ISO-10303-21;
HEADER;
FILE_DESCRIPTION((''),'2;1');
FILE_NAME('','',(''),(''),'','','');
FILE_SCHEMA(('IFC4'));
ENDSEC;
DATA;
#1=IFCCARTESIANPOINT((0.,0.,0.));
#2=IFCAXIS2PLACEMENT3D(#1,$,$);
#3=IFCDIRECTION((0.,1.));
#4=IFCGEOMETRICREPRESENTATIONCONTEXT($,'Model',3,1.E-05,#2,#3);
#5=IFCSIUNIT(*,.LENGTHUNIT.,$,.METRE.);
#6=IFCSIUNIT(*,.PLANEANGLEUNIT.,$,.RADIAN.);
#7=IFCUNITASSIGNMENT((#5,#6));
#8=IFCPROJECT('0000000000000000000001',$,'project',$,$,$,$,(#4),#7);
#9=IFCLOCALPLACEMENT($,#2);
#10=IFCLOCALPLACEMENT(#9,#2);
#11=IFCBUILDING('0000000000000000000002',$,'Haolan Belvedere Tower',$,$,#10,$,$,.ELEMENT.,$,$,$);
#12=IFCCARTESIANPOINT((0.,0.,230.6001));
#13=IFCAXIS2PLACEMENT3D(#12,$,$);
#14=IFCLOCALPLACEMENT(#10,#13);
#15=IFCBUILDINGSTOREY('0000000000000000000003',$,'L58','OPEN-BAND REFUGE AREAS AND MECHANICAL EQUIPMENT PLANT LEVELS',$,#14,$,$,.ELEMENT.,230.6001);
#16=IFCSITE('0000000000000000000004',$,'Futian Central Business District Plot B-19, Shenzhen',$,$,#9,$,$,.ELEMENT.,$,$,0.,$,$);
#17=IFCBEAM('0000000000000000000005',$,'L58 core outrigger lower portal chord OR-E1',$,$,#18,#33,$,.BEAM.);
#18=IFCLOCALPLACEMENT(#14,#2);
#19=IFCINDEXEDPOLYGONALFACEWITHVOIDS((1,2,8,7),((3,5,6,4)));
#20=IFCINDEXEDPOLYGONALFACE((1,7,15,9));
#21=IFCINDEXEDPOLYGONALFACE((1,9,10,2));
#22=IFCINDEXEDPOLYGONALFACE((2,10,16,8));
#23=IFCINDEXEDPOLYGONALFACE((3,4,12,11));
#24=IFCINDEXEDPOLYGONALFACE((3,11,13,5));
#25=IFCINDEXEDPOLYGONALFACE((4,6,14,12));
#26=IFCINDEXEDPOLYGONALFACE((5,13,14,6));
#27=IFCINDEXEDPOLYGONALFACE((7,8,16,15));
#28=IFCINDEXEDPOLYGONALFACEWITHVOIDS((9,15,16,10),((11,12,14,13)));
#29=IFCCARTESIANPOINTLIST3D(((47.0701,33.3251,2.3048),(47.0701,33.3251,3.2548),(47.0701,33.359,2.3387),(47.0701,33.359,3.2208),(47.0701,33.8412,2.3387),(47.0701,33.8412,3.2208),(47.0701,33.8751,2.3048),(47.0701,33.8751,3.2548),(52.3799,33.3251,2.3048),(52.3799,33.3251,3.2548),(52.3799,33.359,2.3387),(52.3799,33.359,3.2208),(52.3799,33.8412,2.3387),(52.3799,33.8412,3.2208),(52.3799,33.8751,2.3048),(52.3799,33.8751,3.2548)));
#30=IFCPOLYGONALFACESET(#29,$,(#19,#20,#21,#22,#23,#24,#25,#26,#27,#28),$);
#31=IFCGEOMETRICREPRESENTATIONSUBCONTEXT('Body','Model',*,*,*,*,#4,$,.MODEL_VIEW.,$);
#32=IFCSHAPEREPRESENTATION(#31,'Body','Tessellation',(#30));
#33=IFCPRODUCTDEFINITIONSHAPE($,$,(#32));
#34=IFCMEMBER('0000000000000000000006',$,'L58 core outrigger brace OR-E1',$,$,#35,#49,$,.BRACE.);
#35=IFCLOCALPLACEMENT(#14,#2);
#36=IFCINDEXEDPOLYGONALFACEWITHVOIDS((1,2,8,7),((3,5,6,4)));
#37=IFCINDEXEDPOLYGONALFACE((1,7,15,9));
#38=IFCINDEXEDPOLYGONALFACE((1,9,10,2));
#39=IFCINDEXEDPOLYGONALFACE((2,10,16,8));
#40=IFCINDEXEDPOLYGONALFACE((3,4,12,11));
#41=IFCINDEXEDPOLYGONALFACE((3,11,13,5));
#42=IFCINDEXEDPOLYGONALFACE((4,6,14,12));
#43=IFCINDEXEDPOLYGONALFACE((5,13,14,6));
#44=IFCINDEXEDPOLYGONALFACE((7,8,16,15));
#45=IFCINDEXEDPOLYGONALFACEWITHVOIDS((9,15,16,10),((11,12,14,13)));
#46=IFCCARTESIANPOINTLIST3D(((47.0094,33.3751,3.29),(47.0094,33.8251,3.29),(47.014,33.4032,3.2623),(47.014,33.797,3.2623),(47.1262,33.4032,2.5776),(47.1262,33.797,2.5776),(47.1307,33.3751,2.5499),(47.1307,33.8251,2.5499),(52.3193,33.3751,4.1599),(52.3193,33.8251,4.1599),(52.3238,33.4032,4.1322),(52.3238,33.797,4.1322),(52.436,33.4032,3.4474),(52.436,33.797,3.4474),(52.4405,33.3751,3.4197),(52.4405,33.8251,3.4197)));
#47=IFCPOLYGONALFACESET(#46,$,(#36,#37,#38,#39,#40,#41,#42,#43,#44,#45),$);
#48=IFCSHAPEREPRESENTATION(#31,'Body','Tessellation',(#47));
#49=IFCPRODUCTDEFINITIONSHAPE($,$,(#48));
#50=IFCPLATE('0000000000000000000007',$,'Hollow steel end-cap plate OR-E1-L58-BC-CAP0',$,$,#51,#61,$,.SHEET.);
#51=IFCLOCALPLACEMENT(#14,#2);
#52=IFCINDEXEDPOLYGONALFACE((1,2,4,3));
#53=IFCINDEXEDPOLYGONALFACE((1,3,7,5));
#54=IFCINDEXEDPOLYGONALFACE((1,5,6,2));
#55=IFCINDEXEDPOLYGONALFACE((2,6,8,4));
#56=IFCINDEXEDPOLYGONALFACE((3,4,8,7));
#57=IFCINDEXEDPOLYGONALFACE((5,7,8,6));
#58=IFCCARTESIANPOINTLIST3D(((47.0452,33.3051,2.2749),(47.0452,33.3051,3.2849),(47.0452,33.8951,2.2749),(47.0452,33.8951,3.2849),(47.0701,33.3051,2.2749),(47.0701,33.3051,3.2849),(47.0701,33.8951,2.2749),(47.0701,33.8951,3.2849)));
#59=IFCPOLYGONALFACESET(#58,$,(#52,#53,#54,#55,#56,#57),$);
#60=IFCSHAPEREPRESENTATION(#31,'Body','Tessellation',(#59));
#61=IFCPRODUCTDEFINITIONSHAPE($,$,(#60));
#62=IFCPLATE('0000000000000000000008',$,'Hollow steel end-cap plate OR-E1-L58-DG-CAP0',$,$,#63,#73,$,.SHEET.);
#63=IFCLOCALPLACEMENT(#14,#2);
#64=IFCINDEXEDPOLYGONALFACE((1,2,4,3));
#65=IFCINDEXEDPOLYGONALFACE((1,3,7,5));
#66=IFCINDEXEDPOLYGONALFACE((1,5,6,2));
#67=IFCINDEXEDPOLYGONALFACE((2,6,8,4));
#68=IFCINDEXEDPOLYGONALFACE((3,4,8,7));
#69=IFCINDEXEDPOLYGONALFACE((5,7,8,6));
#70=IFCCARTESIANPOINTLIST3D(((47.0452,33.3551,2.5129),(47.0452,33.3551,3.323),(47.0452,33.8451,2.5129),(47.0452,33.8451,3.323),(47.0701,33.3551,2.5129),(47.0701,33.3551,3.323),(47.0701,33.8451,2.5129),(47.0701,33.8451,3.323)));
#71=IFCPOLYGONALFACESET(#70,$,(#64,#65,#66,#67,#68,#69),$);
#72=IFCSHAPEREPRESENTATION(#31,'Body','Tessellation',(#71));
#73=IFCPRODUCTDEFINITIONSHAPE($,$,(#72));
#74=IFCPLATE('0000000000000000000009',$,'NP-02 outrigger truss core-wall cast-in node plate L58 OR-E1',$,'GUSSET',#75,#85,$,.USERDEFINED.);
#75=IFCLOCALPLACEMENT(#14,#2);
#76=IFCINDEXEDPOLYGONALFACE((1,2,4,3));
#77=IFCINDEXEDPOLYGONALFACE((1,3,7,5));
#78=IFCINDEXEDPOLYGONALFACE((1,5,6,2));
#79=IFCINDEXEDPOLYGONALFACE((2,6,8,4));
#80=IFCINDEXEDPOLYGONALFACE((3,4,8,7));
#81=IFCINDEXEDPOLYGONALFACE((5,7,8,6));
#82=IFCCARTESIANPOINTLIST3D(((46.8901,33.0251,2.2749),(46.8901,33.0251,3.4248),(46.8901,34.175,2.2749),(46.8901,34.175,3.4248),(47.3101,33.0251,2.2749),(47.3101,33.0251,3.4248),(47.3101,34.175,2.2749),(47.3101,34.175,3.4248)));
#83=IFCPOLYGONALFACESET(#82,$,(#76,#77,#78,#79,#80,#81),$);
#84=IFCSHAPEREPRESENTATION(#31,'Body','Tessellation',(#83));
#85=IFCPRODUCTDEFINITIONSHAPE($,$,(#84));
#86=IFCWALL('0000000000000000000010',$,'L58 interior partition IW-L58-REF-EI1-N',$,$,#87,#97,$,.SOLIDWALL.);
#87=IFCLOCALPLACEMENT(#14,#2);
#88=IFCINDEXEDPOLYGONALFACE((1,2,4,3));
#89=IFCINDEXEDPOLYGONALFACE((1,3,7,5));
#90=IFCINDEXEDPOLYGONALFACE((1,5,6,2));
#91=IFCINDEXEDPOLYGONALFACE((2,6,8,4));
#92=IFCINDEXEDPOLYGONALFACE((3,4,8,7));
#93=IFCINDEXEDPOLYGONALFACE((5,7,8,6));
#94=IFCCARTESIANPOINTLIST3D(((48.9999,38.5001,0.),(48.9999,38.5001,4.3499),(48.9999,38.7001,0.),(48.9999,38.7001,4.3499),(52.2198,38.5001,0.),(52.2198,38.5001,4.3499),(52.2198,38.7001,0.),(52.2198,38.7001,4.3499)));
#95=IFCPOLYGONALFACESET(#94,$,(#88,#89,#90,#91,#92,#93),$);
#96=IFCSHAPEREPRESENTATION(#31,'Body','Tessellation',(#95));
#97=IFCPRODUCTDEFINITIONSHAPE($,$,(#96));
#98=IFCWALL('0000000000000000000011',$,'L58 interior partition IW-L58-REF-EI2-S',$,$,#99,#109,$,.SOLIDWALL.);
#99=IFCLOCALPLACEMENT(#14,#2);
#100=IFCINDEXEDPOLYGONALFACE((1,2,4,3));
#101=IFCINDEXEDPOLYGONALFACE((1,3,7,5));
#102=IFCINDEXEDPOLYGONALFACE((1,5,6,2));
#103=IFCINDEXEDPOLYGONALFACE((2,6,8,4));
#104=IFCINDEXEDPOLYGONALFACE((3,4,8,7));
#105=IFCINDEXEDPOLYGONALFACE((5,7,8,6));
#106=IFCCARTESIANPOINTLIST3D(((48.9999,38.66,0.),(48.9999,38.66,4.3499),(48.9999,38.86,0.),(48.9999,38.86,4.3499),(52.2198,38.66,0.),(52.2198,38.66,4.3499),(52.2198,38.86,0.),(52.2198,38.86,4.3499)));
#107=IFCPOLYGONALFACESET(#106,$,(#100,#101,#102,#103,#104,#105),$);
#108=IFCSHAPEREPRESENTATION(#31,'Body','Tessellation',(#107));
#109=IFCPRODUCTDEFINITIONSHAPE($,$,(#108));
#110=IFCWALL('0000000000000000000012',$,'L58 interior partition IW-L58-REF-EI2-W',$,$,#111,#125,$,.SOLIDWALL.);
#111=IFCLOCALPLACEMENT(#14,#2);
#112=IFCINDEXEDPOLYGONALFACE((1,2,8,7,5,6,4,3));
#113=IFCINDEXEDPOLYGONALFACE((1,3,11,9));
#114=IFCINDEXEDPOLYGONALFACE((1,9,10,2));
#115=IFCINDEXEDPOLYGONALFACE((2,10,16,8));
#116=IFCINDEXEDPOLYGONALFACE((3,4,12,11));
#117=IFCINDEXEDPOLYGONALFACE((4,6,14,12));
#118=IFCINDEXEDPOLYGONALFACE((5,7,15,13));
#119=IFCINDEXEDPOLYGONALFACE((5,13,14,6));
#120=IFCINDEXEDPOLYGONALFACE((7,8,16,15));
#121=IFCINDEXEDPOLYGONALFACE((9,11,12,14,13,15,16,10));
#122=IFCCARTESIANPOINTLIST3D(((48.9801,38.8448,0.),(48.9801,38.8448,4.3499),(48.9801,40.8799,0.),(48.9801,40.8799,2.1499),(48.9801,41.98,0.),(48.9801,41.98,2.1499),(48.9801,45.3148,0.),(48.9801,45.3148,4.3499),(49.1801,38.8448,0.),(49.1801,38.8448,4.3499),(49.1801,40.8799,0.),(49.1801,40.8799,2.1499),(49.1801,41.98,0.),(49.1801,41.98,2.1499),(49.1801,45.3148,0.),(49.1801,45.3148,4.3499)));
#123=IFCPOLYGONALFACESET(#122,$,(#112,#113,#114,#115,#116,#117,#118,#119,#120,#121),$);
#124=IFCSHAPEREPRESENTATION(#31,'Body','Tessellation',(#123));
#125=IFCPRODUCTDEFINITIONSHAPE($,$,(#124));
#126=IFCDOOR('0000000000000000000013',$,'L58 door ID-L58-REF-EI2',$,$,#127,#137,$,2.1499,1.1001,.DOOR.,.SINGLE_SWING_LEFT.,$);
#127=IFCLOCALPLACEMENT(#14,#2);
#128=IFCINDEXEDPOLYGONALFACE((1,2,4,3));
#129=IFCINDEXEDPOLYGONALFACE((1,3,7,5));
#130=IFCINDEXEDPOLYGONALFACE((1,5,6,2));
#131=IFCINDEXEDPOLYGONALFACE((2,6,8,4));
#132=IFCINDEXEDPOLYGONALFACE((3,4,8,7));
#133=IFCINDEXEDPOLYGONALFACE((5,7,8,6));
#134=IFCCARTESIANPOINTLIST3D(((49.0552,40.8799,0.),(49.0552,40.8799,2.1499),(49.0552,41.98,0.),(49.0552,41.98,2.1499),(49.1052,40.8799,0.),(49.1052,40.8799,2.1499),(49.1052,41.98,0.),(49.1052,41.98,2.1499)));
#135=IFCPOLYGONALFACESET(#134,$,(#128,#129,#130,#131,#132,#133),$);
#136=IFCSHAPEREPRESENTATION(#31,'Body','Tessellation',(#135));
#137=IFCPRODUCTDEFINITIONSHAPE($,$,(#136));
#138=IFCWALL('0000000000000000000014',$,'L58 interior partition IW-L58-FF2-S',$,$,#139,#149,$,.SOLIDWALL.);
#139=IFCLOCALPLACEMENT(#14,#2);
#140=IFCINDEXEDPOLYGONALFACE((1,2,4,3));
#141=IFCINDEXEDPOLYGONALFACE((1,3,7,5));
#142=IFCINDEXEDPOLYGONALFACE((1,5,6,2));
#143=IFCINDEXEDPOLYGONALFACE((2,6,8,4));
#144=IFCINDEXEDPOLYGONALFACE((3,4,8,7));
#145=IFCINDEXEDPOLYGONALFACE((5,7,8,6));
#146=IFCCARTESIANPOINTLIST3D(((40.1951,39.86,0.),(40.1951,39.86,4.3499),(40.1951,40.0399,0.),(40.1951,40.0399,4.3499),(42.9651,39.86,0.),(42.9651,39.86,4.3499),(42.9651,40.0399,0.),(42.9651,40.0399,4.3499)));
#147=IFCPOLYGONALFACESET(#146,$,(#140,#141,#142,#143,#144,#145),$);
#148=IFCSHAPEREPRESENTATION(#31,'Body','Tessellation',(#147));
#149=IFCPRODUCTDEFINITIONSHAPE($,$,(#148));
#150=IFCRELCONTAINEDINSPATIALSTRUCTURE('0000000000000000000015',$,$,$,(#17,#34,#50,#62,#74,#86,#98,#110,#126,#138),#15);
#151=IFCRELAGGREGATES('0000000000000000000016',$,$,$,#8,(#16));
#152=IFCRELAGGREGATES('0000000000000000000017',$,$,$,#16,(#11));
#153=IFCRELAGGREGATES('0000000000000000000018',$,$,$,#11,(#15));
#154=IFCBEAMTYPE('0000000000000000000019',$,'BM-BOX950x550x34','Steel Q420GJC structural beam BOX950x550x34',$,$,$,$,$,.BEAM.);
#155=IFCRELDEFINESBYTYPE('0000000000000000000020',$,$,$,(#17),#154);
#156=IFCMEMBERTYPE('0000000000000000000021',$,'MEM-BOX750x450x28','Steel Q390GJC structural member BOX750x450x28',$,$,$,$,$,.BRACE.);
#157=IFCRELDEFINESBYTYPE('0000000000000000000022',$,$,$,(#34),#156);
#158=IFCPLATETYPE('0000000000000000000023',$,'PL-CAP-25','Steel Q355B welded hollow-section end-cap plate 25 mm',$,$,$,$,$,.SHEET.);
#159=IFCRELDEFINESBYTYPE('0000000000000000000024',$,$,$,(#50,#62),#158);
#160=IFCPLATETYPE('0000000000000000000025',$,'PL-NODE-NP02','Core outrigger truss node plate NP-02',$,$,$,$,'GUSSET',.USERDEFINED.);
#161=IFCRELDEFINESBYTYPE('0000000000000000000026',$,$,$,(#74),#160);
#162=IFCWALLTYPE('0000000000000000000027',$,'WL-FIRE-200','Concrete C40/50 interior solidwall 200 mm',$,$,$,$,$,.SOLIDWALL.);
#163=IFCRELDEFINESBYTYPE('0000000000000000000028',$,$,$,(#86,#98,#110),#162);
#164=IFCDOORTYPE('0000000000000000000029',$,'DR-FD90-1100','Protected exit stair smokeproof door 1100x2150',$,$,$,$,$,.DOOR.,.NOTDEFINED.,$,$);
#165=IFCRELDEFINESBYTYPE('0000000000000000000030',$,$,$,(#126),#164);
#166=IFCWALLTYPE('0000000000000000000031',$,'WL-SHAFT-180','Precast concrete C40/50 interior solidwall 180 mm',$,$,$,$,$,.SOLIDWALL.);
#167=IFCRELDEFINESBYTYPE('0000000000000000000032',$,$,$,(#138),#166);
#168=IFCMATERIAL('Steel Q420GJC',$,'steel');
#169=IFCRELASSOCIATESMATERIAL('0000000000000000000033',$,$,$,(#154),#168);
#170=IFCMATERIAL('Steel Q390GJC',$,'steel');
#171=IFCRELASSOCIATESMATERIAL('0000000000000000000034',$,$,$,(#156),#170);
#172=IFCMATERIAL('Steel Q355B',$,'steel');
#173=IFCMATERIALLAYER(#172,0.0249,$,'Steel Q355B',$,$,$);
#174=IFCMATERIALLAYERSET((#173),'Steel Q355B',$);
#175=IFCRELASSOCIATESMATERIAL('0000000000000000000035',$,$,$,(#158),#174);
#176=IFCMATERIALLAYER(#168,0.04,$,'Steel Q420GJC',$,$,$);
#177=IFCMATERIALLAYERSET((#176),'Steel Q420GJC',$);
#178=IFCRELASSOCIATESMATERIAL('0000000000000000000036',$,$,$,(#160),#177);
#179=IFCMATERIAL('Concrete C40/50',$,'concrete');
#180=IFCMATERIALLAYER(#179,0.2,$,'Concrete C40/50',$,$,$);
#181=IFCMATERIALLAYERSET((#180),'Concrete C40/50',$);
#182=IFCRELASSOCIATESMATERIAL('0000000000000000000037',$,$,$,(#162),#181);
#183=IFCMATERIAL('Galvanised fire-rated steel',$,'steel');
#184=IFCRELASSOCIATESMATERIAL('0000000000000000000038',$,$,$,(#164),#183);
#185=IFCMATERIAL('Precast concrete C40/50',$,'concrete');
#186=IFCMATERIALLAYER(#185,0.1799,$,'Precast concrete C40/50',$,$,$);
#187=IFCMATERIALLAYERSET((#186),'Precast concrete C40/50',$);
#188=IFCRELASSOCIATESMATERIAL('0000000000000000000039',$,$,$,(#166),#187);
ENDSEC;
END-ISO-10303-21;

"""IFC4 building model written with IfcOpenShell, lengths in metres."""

from ifc_helpers import new_model, si_unit, direction, frame, frame_2d, origin, origin_2d, place, context, subcontext, project, spatial, rectangle, hollow_rectangle, extrude, material, layer, layer_set, material_profile, profile_set, type_object, element, fill, save


model = new_model("IFC4")

# Units and contexts
model_context = context("Model", 3, precision=1e-05, world=origin(), true_north=direction((0.0, 1.0)))
body_context = subcontext(model_context, "Body", "Model", "MODEL_VIEW")
ifc_project = project(units=[si_unit("LENGTHUNIT", "METRE"), si_unit("PLANEANGLEUNIT", "RADIAN")], contexts=[model_context])

# Site, building, storey
site_placement = place(None, origin())
site = spatial("IfcSite", under=ifc_project, at=site_placement, Name="Futian Central Business District Plot B-19, Shenzhen", CompositionType="ELEMENT", RefElevation=0.0)
building_placement = place(site_placement, origin())
building = spatial("IfcBuilding", under=site, at=building_placement, Name="Haolan Belvedere Tower", CompositionType="ELEMENT")
storey_placement = place(building_placement, frame((0.0, 0.0, 230.6001)))
storey = spatial("IfcBuildingStorey", under=building, at=storey_placement, Name="L58", Description="OPEN-BAND REFUGE AREAS AND MECHANICAL EQUIPMENT PLANT LEVELS", CompositionType="ELEMENT", Elevation=230.6001)

# Beam
ifc_material_1 = material(Name="Steel Q420GJC", Category="steel")
ifc_material_profile_1 = material_profile(ifc_material_1, hollow_rectangle(XDim=0.55, YDim=0.95, WallThickness=0.0339, at=origin_2d()), Name="Steel Q420GJC")
ifc_profile_set_1 = profile_set([ifc_material_profile_1], Name="Steel Q420GJC")
beam_type = type_object("IfcBeamType", Name="BM-BOX950x550x34", Description="Steel Q420GJC structural beam BOX950x550x34", PredefinedType="BEAM", material=ifc_profile_set_1)
beam_placement = place(storey_placement, frame((47.0701, 33.6001, 2.7798), z_axis=(1.0, 0.0, 0.0), x_axis=(0.0, 1.0, 0.0)))
element("IfcBeam", 1, at=beam_placement, inside=storey, type_object=beam_type, Name="L58 core outrigger lower portal chord OR-E1", PredefinedType="BEAM", context=body_context, shape_type="SweptSolid", body=[
    extrude(hollow_rectangle(XDim=0.55, YDim=0.95, WallThickness=0.0339, at=origin_2d()), origin(), (0.0, 0.0, 1.0), 5.3098),
])

# Member
ifc_material_2 = material(Name="Steel Q390GJC", Category="steel")
ifc_material_profile_2 = material_profile(ifc_material_2, hollow_rectangle(XDim=0.45, YDim=0.75, WallThickness=0.0281, at=origin_2d()), Name="Steel Q390GJC")
ifc_profile_set_2 = profile_set([ifc_material_profile_2], Name="Steel Q390GJC")
member_type = type_object("IfcMemberType", Name="MEM-BOX750x450x28", Description="Steel Q390GJC structural member BOX750x450x28", PredefinedType="BRACE", material=ifc_profile_set_2)
member_placement = place(storey_placement, frame((47.0701, 33.6001, 2.9199), z_axis=(0.986845, 0.0, 0.161669), x_axis=(0.0, 1.0, 0.0)))
element("IfcMember", 2, at=member_placement, inside=storey, type_object=member_type, Name="L58 core outrigger brace OR-E1", PredefinedType="BRACE", context=body_context, shape_type="SweptSolid", body=[
    extrude(hollow_rectangle(XDim=0.45, YDim=0.75, WallThickness=0.0281, at=origin_2d()), origin(), (0.0, 0.0, 1.0), 5.3806),
])

# Plates
ifc_material_3 = material(Name="Steel Q355B", Category="steel")
ifc_layer_1 = layer(ifc_material_3, 0.0249, Name="Steel Q355B")
ifc_layer_set_1 = layer_set([ifc_layer_1], Name="Steel Q355B")
plate_type_1 = type_object("IfcPlateType", Name="PL-CAP-25", Description="Steel Q355B welded hollow-section end-cap plate 25 mm", PredefinedType="SHEET", material=ifc_layer_set_1)
plate_1_placement = place(storey_placement, frame((47.0576, 33.6001, 2.2749), z_axis=(0.0, 0.0, 1.0), x_axis=(0.0, -1.0, 0.0)))
element("IfcPlate", 3, at=plate_1_placement, inside=storey, type_object=plate_type_1, Name="Hollow steel end-cap plate OR-E1-L58-BC-CAP0", PredefinedType="SHEET", context=body_context, shape_type="SweptSolid", body=[
    extrude(rectangle(XDim=0.5901, YDim=0.0249, at=origin_2d()), origin(), (0.0, 0.0, 1.0), 1.01),
])
plate_2_placement = place(storey_placement, frame((47.0576, 33.6001, 2.5129), z_axis=(0.0, 0.0, 1.0), x_axis=(0.0, -1.0, 0.0)))
element("IfcPlate", 4, at=plate_2_placement, inside=storey, type_object=plate_type_1, Name="Hollow steel end-cap plate OR-E1-L58-DG-CAP0", PredefinedType="SHEET", context=body_context, shape_type="SweptSolid", body=[
    extrude(rectangle(XDim=0.49, YDim=0.0249, at=origin_2d()), origin(), (0.0, 0.0, 1.0), 0.8101),
])
ifc_layer_2 = layer(ifc_material_1, 0.04, Name="Steel Q420GJC")
ifc_layer_set_2 = layer_set([ifc_layer_2], Name="Steel Q420GJC")
plate_type_2 = type_object("IfcPlateType", Name="PL-NODE-NP02", Description="Core outrigger truss node plate NP-02", ElementType="GUSSET", PredefinedType="USERDEFINED", material=ifc_layer_set_2)
plate_3_placement = place(storey_placement, frame((47.1001, 33.6001, 2.2749), z_axis=(0.0, 0.0, 1.0), x_axis=(1.0, 0.0, 0.0)))
element("IfcPlate", 5, at=plate_3_placement, inside=storey, type_object=plate_type_2, Name="NP-02 outrigger truss core-wall cast-in node plate L58 OR-E1", ObjectType="GUSSET", PredefinedType="USERDEFINED", context=body_context, shape_type="SweptSolid", body=[
    extrude(rectangle(XDim=0.4199, YDim=1.1499, at=origin_2d()), origin(), (0.0, 0.0, 1.0), 1.1499),
])

# Walls
ifc_material_4 = material(Name="Concrete C40/50", Category="concrete")
ifc_layer_3 = layer(ifc_material_4, 0.2, Name="Concrete C40/50")
ifc_layer_set_3 = layer_set([ifc_layer_3], Name="Concrete C40/50")
wall_type_1 = type_object("IfcWallType", Name="WL-FIRE-200", Description="Concrete C40/50 interior solidwall 200 mm", PredefinedType="SOLIDWALL", material=ifc_layer_set_3)
for number, where, z_axis, x_axis, name in (
    (6, (49.0, 38.6001, 0.0), (0.0, 0.0, 1.0), (1.0, 0.0, 0.0), "L58 interior partition IW-L58-REF-EI1-N"),
    (7, (49.0, 38.76, 0.0), (0.0, 0.0, 1.0), (1.0, 0.0, 0.0), "L58 interior partition IW-L58-REF-EI2-S"),
):
    element("IfcWall", number, at=place(storey_placement, frame(where, z_axis=z_axis, x_axis=x_axis)), inside=storey, type_object=wall_type_1, Name=name, PredefinedType="SOLIDWALL", context=body_context, shape_type="SweptSolid", body=[
        extrude(rectangle(XDim=3.22, YDim=0.2, at=frame_2d((1.6099, 0.0))), origin(), (0.0, 0.0, 1.0), 4.3499),
    ])

# Wall, opening, door
wall_1_placement = place(storey_placement, frame((49.0801, 38.845, 0.0), z_axis=(0.0, 0.0, 1.0), x_axis=(0.0, 1.0, 0.0)))
wall_1 = element("IfcWall", 8, at=wall_1_placement, inside=storey, type_object=wall_type_1, Name="L58 interior partition IW-L58-REF-EI2-W", PredefinedType="SOLIDWALL", context=body_context, shape_type="SweptSolid", body=[
    extrude(rectangle(XDim=6.47, YDim=0.2, at=frame_2d((3.2349, 0.0))), origin(), (0.0, 0.0, 1.0), 4.3499),
])
opening_1_placement = place(wall_1_placement, frame((2.0349, 0.0, 0.0)))
opening_1 = element("IfcOpeningElement", 9, at=opening_1_placement, cuts=wall_1, PredefinedType="OPENING", context=body_context, shape_type="SweptSolid", body=[
    extrude(rectangle(XDim=1.1001, YDim=2.1499, at=frame_2d((0.55, 1.075))), frame((0.0, 0.1099, 0.0), z_axis=(0.0, -1.0, 0.0), x_axis=(1.0, 0.0, 0.0)), (0.0, 0.0, 1.0), 0.22),
])
ifc_material_5 = material(Name="Galvanised fire-rated steel", Category="steel")
door_type_1 = type_object("IfcDoorType", Name="DR-FD90-1100", Description="Protected exit stair smokeproof door 1100x2150", OperationType="NOTDEFINED", PredefinedType="DOOR", material=ifc_material_5)
door_1_placement = place(opening_1_placement, origin())
door_1 = element("IfcDoor", 10, at=door_1_placement, inside=storey, type_object=door_type_1, Name="L58 door ID-L58-REF-EI2", OperationType="SINGLE_SWING_LEFT", OverallHeight=2.1499, OverallWidth=1.1001, PredefinedType="DOOR", context=body_context, shape_type="SweptSolid", body=[
    extrude(rectangle(XDim=1.1001, YDim=2.1499, at=frame_2d((0.55, 1.075))), frame((0.0, 0.0249, 0.0), z_axis=(0.0, -1.0, 0.0), x_axis=(1.0, 0.0, 0.0)), (0.0, 0.0, 1.0), 0.05),
])
fill(opening_1, door_1)

# Wall
ifc_material_6 = material(Name="Precast concrete C40/50", Category="concrete")
ifc_layer_4 = layer(ifc_material_6, 0.1799, Name="Precast concrete C40/50")
ifc_layer_set_4 = layer_set([ifc_layer_4], Name="Precast concrete C40/50")
wall_type_2 = type_object("IfcWallType", Name="WL-SHAFT-180", Description="Precast concrete C40/50 interior solidwall 180 mm", PredefinedType="SOLIDWALL", material=ifc_layer_set_4)
wall_2_placement = place(storey_placement, frame((40.1951, 39.95, 0.0), z_axis=(0.0, 0.0, 1.0), x_axis=(1.0, 0.0, 0.0)))
element("IfcWall", 11, at=wall_2_placement, inside=storey, type_object=wall_type_2, Name="L58 interior partition IW-L58-FF2-S", PredefinedType="SOLIDWALL", context=body_context, shape_type="SweptSolid", body=[
    extrude(rectangle(XDim=2.77, YDim=0.1799, at=frame_2d((1.385, 0.0))), origin(), (0.0, 0.0, 1.0), 4.3499),
])

save(model, "model.ifc")
